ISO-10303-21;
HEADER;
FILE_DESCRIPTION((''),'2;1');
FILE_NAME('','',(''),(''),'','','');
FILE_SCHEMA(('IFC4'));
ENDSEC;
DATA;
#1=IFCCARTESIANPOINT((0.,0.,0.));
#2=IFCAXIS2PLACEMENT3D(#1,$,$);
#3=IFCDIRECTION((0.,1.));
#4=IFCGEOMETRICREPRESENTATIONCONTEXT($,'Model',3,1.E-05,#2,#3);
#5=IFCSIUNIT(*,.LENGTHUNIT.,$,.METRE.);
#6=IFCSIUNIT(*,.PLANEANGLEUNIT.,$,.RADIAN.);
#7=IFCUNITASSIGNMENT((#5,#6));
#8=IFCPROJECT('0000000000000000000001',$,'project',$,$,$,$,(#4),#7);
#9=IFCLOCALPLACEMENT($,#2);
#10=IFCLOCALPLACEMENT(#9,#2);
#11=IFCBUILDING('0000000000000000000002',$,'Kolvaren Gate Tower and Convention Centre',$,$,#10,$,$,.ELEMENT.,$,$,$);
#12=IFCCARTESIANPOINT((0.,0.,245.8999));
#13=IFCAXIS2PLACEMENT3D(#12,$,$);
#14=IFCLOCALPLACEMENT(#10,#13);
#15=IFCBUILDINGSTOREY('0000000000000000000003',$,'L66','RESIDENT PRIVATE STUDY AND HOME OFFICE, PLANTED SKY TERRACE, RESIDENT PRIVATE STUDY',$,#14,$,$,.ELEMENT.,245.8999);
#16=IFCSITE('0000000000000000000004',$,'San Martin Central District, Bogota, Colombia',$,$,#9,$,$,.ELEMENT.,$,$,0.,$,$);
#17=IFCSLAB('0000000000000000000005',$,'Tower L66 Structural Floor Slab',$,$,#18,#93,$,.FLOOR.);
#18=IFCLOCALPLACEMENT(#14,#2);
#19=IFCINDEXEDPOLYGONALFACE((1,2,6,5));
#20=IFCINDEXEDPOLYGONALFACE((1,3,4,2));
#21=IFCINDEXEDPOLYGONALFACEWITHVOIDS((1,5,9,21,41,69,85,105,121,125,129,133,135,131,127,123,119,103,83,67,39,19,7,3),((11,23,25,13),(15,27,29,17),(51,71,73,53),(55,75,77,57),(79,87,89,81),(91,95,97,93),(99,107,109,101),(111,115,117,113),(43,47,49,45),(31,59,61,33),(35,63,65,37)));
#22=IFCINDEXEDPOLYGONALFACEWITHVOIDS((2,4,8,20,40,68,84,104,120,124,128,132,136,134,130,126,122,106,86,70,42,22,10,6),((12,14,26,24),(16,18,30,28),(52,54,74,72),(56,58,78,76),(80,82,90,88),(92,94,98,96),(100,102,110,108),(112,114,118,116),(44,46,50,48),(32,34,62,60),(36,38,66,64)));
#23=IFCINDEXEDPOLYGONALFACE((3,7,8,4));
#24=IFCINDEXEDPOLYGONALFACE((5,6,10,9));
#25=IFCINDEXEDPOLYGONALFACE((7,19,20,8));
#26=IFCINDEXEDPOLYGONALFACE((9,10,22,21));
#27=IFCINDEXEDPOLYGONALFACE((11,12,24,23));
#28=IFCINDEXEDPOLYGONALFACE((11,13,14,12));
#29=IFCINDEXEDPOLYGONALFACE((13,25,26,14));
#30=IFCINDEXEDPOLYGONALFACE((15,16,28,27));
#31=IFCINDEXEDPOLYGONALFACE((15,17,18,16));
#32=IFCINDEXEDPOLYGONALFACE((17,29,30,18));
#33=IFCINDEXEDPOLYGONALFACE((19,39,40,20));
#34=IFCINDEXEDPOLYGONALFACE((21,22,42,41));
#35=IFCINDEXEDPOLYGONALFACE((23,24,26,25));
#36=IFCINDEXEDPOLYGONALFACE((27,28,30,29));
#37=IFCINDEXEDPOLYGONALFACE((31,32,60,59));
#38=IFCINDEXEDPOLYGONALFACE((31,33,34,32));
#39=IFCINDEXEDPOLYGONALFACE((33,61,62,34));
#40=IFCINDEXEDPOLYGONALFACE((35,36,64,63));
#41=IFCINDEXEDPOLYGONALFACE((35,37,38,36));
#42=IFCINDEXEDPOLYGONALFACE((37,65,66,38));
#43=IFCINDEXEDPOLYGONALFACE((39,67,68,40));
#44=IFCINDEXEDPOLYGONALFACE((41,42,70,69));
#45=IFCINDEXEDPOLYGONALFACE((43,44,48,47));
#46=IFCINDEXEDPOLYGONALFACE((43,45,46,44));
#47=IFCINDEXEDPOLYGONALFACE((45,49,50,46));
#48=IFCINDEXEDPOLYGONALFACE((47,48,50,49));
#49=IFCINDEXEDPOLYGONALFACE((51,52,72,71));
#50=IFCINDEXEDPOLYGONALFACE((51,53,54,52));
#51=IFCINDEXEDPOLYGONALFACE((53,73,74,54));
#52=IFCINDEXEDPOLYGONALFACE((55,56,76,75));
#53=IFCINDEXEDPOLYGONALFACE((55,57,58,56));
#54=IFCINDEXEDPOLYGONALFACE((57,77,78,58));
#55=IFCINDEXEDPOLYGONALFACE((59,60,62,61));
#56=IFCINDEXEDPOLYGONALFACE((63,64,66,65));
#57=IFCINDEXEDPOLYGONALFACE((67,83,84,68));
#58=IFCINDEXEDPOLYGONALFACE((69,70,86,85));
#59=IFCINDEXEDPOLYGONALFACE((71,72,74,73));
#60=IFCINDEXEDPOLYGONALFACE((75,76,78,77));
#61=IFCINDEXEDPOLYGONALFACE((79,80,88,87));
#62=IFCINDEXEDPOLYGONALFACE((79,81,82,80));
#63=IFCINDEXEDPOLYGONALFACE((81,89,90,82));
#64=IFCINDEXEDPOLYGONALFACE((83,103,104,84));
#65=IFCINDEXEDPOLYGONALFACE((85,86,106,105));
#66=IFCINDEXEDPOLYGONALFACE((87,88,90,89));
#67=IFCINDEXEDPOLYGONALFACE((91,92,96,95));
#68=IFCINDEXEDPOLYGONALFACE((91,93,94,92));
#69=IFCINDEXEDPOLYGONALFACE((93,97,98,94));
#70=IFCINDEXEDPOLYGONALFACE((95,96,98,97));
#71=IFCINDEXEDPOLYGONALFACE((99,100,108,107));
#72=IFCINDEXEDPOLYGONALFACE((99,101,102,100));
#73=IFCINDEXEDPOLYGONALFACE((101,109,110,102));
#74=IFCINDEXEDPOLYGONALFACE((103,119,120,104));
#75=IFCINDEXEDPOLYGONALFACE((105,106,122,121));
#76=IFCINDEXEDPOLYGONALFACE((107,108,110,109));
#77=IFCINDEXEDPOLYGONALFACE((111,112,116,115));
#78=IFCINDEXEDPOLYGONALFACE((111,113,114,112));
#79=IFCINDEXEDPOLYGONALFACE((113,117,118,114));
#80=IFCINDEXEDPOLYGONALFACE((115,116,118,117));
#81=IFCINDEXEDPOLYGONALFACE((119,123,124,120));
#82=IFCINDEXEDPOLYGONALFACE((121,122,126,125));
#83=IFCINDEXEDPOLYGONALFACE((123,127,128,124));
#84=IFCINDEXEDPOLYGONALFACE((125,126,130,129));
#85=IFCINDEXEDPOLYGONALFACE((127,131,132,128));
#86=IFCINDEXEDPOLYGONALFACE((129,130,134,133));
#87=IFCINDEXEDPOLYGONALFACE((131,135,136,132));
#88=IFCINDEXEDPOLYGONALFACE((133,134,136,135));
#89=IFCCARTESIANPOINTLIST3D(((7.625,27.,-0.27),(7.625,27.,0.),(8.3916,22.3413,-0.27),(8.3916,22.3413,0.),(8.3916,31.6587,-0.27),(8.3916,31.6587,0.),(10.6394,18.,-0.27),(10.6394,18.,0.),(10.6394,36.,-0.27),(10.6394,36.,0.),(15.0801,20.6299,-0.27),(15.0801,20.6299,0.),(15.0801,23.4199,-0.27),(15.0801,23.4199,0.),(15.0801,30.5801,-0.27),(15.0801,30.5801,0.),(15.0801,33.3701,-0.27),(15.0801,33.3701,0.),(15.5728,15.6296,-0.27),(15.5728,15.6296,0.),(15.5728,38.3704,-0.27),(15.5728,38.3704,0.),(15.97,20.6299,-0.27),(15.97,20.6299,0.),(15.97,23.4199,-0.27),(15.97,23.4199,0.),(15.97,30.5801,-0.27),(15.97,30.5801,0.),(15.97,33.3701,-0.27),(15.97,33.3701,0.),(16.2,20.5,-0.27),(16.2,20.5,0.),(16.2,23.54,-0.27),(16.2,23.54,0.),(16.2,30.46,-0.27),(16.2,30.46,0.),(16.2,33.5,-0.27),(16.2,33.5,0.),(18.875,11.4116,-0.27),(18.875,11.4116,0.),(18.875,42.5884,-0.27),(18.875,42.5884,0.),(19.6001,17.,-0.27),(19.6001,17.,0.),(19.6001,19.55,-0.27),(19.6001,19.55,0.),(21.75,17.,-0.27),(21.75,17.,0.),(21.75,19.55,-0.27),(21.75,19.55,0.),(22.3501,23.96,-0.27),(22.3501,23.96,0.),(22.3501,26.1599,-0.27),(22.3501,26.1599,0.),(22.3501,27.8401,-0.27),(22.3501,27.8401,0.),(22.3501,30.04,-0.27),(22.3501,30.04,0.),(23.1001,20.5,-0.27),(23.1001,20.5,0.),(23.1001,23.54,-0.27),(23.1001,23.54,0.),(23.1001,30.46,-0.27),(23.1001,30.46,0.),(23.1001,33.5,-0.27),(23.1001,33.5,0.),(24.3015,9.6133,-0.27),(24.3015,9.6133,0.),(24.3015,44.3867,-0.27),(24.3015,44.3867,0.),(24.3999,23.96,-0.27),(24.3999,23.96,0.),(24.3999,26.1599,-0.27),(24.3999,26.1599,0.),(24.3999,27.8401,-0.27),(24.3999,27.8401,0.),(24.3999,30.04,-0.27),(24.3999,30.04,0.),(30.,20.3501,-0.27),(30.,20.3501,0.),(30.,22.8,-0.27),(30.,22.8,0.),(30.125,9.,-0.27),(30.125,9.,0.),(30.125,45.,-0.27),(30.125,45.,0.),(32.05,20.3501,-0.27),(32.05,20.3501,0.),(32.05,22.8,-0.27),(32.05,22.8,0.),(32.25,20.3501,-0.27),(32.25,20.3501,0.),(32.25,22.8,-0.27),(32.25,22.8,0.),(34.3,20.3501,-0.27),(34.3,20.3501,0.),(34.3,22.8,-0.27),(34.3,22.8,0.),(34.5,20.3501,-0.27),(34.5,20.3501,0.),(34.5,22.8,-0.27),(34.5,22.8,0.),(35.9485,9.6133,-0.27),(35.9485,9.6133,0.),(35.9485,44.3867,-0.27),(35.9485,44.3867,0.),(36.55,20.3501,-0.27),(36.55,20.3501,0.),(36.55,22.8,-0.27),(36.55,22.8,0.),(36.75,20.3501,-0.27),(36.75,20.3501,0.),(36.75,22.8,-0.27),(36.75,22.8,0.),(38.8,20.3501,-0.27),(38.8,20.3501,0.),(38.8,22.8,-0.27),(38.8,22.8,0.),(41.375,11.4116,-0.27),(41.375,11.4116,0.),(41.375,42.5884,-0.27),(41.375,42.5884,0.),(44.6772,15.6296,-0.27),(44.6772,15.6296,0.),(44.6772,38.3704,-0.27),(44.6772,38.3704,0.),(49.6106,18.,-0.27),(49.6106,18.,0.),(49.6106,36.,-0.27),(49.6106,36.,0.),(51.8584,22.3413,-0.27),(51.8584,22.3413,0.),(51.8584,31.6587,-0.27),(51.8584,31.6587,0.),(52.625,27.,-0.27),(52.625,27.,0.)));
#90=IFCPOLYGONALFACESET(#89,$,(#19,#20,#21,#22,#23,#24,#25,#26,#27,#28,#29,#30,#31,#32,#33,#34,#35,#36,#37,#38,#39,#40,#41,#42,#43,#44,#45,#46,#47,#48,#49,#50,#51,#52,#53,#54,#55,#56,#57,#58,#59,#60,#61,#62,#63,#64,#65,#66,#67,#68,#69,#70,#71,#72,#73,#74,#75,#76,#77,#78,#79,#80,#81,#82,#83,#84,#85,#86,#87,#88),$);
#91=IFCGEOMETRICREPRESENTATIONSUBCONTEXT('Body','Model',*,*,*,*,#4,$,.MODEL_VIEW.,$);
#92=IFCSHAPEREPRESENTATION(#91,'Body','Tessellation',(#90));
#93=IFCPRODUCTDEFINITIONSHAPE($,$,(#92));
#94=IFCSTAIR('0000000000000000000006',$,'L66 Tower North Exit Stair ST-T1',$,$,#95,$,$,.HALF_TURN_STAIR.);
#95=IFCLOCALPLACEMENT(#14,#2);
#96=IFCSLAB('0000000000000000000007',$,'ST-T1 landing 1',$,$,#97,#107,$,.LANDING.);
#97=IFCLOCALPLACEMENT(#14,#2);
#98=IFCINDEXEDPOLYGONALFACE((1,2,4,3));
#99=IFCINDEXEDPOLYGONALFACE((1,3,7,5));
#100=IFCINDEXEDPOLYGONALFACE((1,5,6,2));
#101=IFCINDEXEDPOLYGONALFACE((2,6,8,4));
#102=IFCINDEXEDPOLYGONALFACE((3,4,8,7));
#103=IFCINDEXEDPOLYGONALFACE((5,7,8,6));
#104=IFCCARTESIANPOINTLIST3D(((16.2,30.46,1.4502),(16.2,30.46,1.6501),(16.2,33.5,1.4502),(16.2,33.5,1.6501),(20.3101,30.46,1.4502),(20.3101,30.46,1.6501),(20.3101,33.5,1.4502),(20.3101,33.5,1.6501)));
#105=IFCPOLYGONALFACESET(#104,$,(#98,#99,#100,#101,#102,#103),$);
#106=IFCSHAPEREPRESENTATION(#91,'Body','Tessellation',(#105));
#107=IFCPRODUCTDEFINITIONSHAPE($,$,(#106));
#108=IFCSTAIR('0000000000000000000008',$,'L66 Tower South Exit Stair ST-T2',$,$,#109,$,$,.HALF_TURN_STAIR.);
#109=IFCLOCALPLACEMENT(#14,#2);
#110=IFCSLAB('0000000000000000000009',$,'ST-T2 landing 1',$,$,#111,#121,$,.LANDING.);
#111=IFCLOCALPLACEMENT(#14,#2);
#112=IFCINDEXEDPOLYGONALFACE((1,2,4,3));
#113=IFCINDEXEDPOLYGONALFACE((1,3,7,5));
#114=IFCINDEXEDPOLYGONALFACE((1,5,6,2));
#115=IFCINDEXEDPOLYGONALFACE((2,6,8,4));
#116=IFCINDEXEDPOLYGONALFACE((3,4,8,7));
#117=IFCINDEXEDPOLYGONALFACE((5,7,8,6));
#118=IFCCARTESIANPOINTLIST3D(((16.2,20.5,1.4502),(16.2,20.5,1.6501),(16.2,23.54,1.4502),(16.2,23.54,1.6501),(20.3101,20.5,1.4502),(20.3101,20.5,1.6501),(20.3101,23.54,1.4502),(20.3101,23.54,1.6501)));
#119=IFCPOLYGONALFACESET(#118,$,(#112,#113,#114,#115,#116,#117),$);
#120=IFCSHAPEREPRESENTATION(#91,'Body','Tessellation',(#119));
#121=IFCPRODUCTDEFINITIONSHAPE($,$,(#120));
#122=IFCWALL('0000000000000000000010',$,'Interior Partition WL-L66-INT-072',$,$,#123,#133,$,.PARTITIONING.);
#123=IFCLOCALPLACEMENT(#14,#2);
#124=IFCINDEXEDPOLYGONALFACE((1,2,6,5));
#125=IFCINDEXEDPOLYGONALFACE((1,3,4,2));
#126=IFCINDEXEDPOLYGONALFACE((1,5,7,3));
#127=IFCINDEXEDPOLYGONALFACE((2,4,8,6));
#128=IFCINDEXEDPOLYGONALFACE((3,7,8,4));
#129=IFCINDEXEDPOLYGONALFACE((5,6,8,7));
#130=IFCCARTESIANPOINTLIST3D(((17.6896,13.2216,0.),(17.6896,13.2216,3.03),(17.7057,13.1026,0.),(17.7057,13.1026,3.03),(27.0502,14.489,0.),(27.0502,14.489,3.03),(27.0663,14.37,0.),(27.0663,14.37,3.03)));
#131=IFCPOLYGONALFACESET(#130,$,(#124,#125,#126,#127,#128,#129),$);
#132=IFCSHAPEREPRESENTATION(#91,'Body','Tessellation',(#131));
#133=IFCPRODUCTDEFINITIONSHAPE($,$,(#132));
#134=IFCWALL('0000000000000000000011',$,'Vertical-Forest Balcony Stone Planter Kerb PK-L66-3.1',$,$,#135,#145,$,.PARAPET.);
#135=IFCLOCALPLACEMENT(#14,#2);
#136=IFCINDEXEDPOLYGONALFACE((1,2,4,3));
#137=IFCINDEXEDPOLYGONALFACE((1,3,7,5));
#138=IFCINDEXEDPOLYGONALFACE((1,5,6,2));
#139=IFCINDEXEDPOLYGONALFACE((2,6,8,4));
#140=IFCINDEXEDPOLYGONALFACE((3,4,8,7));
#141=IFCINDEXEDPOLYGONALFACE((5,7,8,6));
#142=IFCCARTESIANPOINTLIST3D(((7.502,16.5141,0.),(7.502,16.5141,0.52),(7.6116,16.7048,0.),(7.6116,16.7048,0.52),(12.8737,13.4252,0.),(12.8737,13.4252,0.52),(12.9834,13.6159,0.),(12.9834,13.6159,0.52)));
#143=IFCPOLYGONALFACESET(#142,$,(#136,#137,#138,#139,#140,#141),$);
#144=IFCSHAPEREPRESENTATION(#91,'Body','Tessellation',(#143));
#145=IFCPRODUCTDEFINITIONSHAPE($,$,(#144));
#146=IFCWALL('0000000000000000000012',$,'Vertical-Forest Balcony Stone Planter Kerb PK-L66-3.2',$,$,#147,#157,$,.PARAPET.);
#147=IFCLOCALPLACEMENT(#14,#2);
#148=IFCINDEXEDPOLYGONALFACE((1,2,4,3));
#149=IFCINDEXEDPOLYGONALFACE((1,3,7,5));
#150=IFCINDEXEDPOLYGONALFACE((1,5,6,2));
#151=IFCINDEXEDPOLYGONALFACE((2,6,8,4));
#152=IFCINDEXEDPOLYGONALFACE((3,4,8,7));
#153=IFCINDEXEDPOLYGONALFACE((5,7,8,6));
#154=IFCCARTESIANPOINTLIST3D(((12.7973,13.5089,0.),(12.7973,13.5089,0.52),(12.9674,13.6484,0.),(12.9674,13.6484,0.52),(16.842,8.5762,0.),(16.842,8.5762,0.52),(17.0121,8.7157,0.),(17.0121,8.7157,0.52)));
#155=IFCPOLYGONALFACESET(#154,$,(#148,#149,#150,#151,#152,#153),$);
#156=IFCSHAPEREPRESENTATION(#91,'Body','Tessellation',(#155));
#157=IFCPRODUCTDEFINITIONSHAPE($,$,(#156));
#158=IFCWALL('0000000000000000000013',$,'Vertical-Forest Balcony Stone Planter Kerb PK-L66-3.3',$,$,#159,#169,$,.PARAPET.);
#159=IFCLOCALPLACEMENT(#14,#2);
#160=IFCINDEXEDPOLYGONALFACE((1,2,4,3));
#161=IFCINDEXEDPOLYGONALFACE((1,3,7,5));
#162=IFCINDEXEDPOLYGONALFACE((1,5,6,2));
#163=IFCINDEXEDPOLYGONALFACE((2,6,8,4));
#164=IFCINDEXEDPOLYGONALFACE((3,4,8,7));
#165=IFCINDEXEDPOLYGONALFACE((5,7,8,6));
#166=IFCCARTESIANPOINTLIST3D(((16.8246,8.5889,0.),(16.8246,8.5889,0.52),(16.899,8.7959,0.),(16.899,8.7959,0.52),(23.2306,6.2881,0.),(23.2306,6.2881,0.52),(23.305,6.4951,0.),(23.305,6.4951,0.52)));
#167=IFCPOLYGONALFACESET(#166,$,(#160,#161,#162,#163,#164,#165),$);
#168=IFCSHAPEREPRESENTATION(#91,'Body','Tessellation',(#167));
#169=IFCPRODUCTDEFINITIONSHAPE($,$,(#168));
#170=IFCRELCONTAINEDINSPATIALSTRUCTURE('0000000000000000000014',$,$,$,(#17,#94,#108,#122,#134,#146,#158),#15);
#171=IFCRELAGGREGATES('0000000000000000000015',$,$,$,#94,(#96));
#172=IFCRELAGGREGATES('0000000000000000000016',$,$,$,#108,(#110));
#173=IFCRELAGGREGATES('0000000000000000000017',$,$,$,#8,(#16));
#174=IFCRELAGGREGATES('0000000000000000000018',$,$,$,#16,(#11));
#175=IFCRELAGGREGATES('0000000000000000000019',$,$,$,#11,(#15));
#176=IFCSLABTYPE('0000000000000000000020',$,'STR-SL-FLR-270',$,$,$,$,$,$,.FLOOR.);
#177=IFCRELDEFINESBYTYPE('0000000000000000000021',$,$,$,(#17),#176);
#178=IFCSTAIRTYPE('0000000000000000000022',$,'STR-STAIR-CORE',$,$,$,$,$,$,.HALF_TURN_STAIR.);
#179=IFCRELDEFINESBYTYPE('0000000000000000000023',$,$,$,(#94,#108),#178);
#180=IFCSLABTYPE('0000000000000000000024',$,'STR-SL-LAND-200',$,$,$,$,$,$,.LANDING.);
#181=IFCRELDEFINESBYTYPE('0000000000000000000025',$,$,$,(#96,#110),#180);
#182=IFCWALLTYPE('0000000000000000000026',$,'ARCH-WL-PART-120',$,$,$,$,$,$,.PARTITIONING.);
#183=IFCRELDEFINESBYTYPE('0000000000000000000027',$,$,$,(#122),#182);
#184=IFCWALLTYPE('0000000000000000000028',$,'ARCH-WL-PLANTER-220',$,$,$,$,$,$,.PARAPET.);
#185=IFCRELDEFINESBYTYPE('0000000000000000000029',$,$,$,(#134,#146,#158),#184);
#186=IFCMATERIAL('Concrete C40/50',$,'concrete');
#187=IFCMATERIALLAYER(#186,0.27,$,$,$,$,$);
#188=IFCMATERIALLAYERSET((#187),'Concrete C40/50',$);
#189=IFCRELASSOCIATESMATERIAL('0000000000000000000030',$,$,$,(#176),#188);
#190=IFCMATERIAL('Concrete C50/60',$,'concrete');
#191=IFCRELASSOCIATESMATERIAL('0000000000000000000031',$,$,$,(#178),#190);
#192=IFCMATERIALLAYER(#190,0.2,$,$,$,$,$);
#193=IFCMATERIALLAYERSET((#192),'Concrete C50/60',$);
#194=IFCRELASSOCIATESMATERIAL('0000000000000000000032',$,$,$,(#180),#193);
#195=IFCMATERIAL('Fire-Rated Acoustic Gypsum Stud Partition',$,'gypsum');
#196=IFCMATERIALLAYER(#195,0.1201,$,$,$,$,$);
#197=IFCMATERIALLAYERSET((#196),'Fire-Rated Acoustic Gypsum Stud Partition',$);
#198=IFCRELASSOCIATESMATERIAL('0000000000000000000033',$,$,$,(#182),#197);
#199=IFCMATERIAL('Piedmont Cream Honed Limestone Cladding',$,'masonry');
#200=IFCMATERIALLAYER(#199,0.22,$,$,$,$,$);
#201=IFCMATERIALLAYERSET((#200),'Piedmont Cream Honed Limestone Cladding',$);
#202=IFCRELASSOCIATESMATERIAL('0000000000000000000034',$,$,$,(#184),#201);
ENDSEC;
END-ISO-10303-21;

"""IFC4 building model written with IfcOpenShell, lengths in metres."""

from ifc_helpers import new_model, si_unit, direction, frame, frame_2d, origin, place, context, subcontext, project, spatial, polyline, rectangle, outline, extrude, material, layer, layer_set, type_object, element, aggregate, save


model = new_model("IFC4")

# Units and contexts
model_context = context("Model", 3, precision=1e-05, world=origin(), true_north=direction((0.0, 1.0)))
body_context = subcontext(model_context, "Body", "Model", "MODEL_VIEW")
ifc_project = project(units=[si_unit("LENGTHUNIT", "METRE"), si_unit("PLANEANGLEUNIT", "RADIAN")], contexts=[model_context])

# Site, building, storey
site_placement = place(None, origin())
site = spatial("IfcSite", under=ifc_project, at=site_placement, Name="San Martin Central District, Bogota, Colombia", CompositionType="ELEMENT", RefElevation=0.0)
building_placement = place(site_placement, origin())
building = spatial("IfcBuilding", under=site, at=building_placement, Name="Kolvaren Gate Tower and Convention Centre", CompositionType="ELEMENT")
storey_placement = place(building_placement, frame((0.0, 0.0, 245.8999)))
storey = spatial("IfcBuildingStorey", under=building, at=storey_placement, Name="L66", Description="RESIDENT PRIVATE STUDY AND HOME OFFICE, PLANTED SKY TERRACE, RESIDENT PRIVATE STUDY", CompositionType="ELEMENT", Elevation=245.8999)

# Slab
ifc_material_1 = material(Name="Concrete C50/60", Category="concrete")
ifc_material_2 = material(Name="Concrete C40/50", Category="concrete")
ifc_layer_1 = layer(ifc_material_2, 0.27)
ifc_layer_set_1 = layer_set([ifc_layer_1], Name="Concrete C40/50")
slab_type_1 = type_object("IfcSlabType", Name="STR-SL-FLR-270", PredefinedType="FLOOR", material=ifc_layer_set_1)
slab_1_placement = place(storey_placement, frame((0.0, 0.0, -0.27)))
element("IfcSlab", 1, at=slab_1_placement, inside=storey, type_object=slab_type_1, Name="Tower L66 Structural Floor Slab", PredefinedType="FLOOR", context=body_context, shape_type="SweptSolid", body=[
    extrude(outline(polyline([(52.625, 27.0), (51.8584, 31.6587), (49.6106, 36.0), (44.6772, 38.3704), (41.375, 42.5884), (35.9485, 44.3867), (30.125, 45.0), (24.3015, 44.3867), (18.875, 42.5884), (15.5728, 38.3704), (10.6394, 36.0), (8.3916, 31.6587), (7.625, 27.0), (8.3916, 22.3413), (10.6394, 18.0), (15.5728, 15.6296), (18.875, 11.4116), (24.3015, 9.6133), (30.125, 9.0), (35.9485, 9.6133), (41.375, 11.4116), (44.6772, 15.6296), (49.6106, 18.0), (51.8584, 22.3413), (52.625, 27.0)]), holes=[polyline([(36.75, 20.3501), (36.75, 22.8), (38.8, 22.8), (38.8, 20.3501), (36.75, 20.3501)]), polyline([(36.55, 20.3501), (34.5, 20.3501), (34.5, 22.8), (36.55, 22.8), (36.55, 20.3501)]), polyline([(32.25, 20.3501), (32.25, 22.8), (34.3, 22.8), (34.3, 20.3501), (32.25, 20.3501)]), polyline([(30.0, 20.3501), (30.0, 22.8), (32.05, 22.8), (32.05, 20.3501), (30.0, 20.3501)]), polyline([(22.3501, 23.96), (22.3501, 26.1599), (24.3999, 26.1599), (24.3999, 23.96), (22.3501, 23.96)]), polyline([(22.3501, 27.8401), (22.3501, 30.04), (24.3999, 30.04), (24.3999, 27.8401), (22.3501, 27.8401)]), polyline([(16.2, 23.54), (23.1001, 23.54), (23.1001, 20.5), (16.2, 20.5), (16.2, 23.54)]), polyline([(16.2, 33.5), (23.1001, 33.5), (23.1001, 30.46), (16.2, 30.46), (16.2, 33.5)]), polyline([(21.75, 17.0), (19.6001, 17.0), (19.6001, 19.55), (21.75, 19.55), (21.75, 17.0)]), polyline([(15.0801, 30.5801), (15.0801, 33.3701), (15.97, 33.3701), (15.97, 30.5801), (15.0801, 30.5801)]), polyline([(15.97, 20.6299), (15.0801, 20.6299), (15.0801, 23.4199), (15.97, 23.4199), (15.97, 20.6299)])]), origin(), (0.0, 0.0, 1.0), 0.27),
])

# Stairs, slabs
stair_type = type_object("IfcStairType", Name="STR-STAIR-CORE", PredefinedType="HALF_TURN_STAIR", material=ifc_material_1)
stair_1_placement = place(storey_placement, origin())
stair_1 = element("IfcStair", 2, at=stair_1_placement, inside=storey, type_object=stair_type, Name="L66 Tower North Exit Stair ST-T1", PredefinedType="HALF_TURN_STAIR")
ifc_layer_2 = layer(ifc_material_1, 0.2)
ifc_layer_set_2 = layer_set([ifc_layer_2], Name="Concrete C50/60")
slab_type_2 = type_object("IfcSlabType", Name="STR-SL-LAND-200", PredefinedType="LANDING", material=ifc_layer_set_2)
slab_2_placement = place(storey_placement, frame((0.0, 0.0, 1.4502)))
slab_2 = element("IfcSlab", 3, at=slab_2_placement, type_object=slab_type_2, Name="ST-T1 landing 1", PredefinedType="LANDING", context=body_context, shape_type="SweptSolid", body=[
    extrude(outline(polyline([(20.3101, 33.5), (16.2, 33.5), (16.2, 30.46), (20.3101, 30.46), (20.3101, 33.5)])), origin(), (0.0, 0.0, 1.0), 0.2),
])
aggregate(stair_1, [slab_2])
stair_2_placement = place(storey_placement, origin())
stair_2 = element("IfcStair", 4, at=stair_2_placement, inside=storey, type_object=stair_type, Name="L66 Tower South Exit Stair ST-T2", PredefinedType="HALF_TURN_STAIR")
slab_3_placement = place(storey_placement, frame((0.0, 0.0, 1.4502)))
slab_3 = element("IfcSlab", 5, at=slab_3_placement, type_object=slab_type_2, Name="ST-T2 landing 1", PredefinedType="LANDING", context=body_context, shape_type="SweptSolid", body=[
    extrude(outline(polyline([(20.3101, 23.54), (16.2, 23.54), (16.2, 20.5), (20.3101, 20.5), (20.3101, 23.54)])), origin(), (0.0, 0.0, 1.0), 0.2),
])
aggregate(stair_2, [slab_3])

# Walls
ifc_material_3 = material(Name="Fire-Rated Acoustic Gypsum Stud Partition", Category="gypsum")
ifc_layer_3 = layer(ifc_material_3, 0.1201)
ifc_layer_set_3 = layer_set([ifc_layer_3], Name="Fire-Rated Acoustic Gypsum Stud Partition")
wall_type_1 = type_object("IfcWallType", Name="ARCH-WL-PART-120", PredefinedType="PARTITIONING", material=ifc_layer_set_3)
wall_1_placement = place(storey_placement, frame((17.6975, 13.1621, 0.0), z_axis=(0.0, 0.0, 1.0), x_axis=(0.990959, 0.134166, 0.0)))
element("IfcWall", 6, at=wall_1_placement, inside=storey, type_object=wall_type_1, Name="Interior Partition WL-L66-INT-072", PredefinedType="PARTITIONING", context=body_context, shape_type="SweptSolid", body=[
    extrude(rectangle(XDim=9.446, YDim=0.1201, at=frame_2d((4.7231, 0.0))), origin(), (0.0, 0.0, 1.0), 3.03),
])
ifc_material_4 = material(Name="Piedmont Cream Honed Limestone Cladding", Category="masonry")
ifc_layer_4 = layer(ifc_material_4, 0.22)
ifc_layer_set_4 = layer_set([ifc_layer_4], Name="Piedmont Cream Honed Limestone Cladding")
wall_type_2 = type_object("IfcWallType", Name="ARCH-WL-PLANTER-220", PredefinedType="PARAPET", material=ifc_layer_set_4)
wall_2_placement = place(storey_placement, frame((7.5569, 16.6094, 0.0), z_axis=(0.0, 0.0, 1.0), x_axis=(0.866902, -0.498479, 0.0)))
element("IfcWall", 7, at=wall_2_placement, inside=storey, type_object=wall_type_2, Name="Vertical-Forest Balcony Stone Planter Kerb PK-L66-3.1", PredefinedType="PARAPET", context=body_context, shape_type="SweptSolid", body=[
    extrude(rectangle(XDim=6.1965, YDim=0.22, at=frame_2d((3.0981, 0.0))), origin(), (0.0, 0.0, 1.0), 0.52),
])
wall_3_placement = place(storey_placement, frame((12.8823, 13.5786, 0.0), z_axis=(0.0, 0.0, 1.0), x_axis=(0.634073, -0.773273, 0.0)))
element("IfcWall", 8, at=wall_3_placement, inside=storey, type_object=wall_type_2, Name="Vertical-Forest Balcony Stone Planter Kerb PK-L66-3.2", PredefinedType="PARAPET", context=body_context, shape_type="SweptSolid", body=[
    extrude(rectangle(XDim=6.3789, YDim=0.22, at=frame_2d((3.1895, 0.0))), origin(), (0.0, 0.0, 1.0), 0.52),
])
wall_4_placement = place(storey_placement, frame((16.8618, 8.6924, 0.0), z_axis=(0.0, 0.0, 1.0), x_axis=(0.941139, -0.33802, 0.0)))
element("IfcWall", 9, at=wall_4_placement, inside=storey, type_object=wall_type_2, Name="Vertical-Forest Balcony Stone Planter Kerb PK-L66-3.3", PredefinedType="PARAPET", context=body_context, shape_type="SweptSolid", body=[
    extrude(rectangle(XDim=6.8066, YDim=0.22, at=frame_2d((3.4033, 0.0))), origin(), (0.0, 0.0, 1.0), 0.52),
])

save(model, "model.ifc")
